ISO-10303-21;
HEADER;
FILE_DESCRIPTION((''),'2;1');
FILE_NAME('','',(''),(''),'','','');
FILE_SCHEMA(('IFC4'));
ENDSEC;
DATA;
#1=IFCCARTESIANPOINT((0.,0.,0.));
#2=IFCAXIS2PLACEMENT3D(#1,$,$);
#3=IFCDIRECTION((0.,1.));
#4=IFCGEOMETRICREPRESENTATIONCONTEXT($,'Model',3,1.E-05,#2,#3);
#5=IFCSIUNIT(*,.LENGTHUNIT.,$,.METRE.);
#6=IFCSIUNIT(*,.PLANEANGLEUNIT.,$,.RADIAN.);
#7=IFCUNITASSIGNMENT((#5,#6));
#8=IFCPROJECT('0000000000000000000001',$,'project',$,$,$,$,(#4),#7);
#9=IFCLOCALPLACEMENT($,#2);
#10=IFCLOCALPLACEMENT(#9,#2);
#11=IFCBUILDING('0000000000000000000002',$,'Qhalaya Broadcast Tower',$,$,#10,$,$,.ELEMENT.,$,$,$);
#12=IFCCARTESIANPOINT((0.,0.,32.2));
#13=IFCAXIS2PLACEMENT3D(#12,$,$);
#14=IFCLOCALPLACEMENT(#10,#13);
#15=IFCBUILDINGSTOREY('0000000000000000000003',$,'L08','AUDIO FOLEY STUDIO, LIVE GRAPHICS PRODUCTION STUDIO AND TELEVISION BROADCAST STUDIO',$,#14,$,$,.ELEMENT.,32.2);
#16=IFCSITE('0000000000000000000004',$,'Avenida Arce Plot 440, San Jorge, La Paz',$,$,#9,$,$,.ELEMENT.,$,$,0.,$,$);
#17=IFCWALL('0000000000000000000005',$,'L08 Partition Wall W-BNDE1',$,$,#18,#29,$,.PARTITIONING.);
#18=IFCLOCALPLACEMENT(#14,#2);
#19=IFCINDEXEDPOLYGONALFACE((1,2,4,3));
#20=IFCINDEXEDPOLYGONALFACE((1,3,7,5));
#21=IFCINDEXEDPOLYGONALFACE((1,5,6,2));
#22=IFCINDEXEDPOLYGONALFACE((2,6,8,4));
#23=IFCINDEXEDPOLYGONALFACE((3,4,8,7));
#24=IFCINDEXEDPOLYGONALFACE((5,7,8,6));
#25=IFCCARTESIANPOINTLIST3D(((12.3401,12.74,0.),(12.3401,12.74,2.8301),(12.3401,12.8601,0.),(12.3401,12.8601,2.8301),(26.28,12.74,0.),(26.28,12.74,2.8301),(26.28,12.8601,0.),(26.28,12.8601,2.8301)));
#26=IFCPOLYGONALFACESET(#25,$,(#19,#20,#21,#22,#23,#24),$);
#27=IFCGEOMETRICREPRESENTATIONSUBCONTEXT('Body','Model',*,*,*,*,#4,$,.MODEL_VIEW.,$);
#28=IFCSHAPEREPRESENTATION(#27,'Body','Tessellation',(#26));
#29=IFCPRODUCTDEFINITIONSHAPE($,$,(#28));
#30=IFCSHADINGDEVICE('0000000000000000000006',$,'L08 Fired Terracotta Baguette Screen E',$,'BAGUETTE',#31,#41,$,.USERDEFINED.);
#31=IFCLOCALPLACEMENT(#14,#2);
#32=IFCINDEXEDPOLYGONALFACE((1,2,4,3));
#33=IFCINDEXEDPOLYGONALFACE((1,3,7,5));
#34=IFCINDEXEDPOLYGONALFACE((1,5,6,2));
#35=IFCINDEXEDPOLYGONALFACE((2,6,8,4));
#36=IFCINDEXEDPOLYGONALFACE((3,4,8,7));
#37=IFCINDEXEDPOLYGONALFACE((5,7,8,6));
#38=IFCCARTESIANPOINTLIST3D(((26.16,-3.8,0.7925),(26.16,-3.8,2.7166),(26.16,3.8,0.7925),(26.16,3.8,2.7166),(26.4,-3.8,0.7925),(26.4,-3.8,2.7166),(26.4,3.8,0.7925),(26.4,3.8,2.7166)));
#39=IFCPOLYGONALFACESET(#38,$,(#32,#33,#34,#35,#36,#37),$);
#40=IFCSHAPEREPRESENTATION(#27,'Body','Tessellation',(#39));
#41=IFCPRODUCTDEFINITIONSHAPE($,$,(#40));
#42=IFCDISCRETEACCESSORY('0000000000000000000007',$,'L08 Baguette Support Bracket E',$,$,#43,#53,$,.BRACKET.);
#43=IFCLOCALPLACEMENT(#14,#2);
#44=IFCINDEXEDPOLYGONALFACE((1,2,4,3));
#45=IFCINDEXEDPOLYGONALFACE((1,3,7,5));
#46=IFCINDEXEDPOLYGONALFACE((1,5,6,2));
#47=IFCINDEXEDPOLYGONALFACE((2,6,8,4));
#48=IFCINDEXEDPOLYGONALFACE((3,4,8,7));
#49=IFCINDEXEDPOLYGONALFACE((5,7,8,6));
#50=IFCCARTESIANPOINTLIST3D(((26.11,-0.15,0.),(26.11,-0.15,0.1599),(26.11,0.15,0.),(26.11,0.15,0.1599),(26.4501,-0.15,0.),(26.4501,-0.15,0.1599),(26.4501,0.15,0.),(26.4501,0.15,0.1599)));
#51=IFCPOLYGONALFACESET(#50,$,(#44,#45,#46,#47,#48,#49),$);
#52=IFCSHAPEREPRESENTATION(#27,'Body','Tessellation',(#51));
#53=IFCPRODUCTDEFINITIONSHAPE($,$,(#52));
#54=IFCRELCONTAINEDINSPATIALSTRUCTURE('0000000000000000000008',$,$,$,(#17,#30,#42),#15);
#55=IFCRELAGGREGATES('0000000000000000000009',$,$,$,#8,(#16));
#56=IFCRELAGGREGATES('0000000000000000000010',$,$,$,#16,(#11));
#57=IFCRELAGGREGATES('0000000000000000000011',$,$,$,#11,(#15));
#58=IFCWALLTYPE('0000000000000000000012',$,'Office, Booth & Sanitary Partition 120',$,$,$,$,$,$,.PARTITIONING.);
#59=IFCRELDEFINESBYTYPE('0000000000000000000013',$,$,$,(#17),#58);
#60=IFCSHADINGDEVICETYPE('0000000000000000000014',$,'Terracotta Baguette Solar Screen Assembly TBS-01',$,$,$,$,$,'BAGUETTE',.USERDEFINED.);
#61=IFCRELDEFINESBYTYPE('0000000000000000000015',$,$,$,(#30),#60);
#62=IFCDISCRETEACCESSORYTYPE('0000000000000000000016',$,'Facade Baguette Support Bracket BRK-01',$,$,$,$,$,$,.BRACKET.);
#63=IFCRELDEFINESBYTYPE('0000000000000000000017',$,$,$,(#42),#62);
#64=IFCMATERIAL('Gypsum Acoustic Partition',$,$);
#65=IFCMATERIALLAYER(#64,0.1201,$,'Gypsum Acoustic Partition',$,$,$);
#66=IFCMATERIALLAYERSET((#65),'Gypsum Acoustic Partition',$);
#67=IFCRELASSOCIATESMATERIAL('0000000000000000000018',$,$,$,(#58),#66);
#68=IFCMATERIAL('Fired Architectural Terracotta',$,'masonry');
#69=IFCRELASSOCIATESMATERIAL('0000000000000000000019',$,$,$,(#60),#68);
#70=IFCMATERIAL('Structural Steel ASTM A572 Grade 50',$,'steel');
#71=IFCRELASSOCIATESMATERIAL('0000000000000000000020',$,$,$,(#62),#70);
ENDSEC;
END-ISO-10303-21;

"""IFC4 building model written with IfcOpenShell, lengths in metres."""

from ifc_helpers import new_model, si_unit, direction, frame, frame_2d, origin, origin_2d, place, context, subcontext, project, spatial, rectangle, extrude, material, layer, layer_set, type_object, element, save


model = new_model("IFC4")

# Units and contexts
model_context = context("Model", 3, precision=1e-05, world=origin(), true_north=direction((0.0, 1.0)))
body_context = subcontext(model_context, "Body", "Model", "MODEL_VIEW")
ifc_project = project(units=[si_unit("LENGTHUNIT", "METRE"), si_unit("PLANEANGLEUNIT", "RADIAN")], contexts=[model_context])

# Site, building, storey
site_placement = place(None, origin())
site = spatial("IfcSite", under=ifc_project, at=site_placement, Name="Avenida Arce Plot 440, San Jorge, La Paz", CompositionType="ELEMENT", RefElevation=0.0)
building_placement = place(site_placement, origin())
building = spatial("IfcBuilding", under=site, at=building_placement, Name="Qhalaya Broadcast Tower", CompositionType="ELEMENT")
storey_placement = place(building_placement, frame((0.0, 0.0, 32.2)))
storey = spatial("IfcBuildingStorey", under=building, at=storey_placement, Name="L08", Description="AUDIO FOLEY STUDIO, LIVE GRAPHICS PRODUCTION STUDIO AND TELEVISION BROADCAST STUDIO", CompositionType="ELEMENT", Elevation=32.2)

# Shared definitions
ifc_material_1 = material(Name="Structural Steel ASTM A572 Grade 50", Category="steel")

# Shared definitions
ifc_material_2 = material(Name="Gypsum Acoustic Partition")
ifc_layer_1 = layer(ifc_material_2, 0.1201, Name="Gypsum Acoustic Partition")
ifc_layer_set_1 = layer_set([ifc_layer_1], Name="Gypsum Acoustic Partition")
wall_type_1 = type_object("IfcWallType", Name="Office, Booth & Sanitary Partition 120", PredefinedType="PARTITIONING", material=ifc_layer_set_1)

# Wall
wall_1_placement = place(storey_placement, frame((12.3401, 12.8, 0.0), z_axis=(0.0, 0.0, 1.0), x_axis=(1.0, 0.0, 0.0)))
element("IfcWall", 1, at=wall_1_placement, inside=storey, type_object=wall_type_1, Name="L08 Partition Wall W-BNDE1", PredefinedType="PARTITIONING", context=body_context, shape_type="SweptSolid", body=[
    extrude(rectangle(XDim=13.9399, YDim=0.1201, at=frame_2d((6.97, 0.0))), origin(), (0.0, 0.0, 1.0), 2.8301),
])

# Shading device
ifc_material_3 = material(Name="Fired Architectural Terracotta", Category="masonry")
shading_device_type = type_object("IfcShadingDeviceType", Name="Terracotta Baguette Solar Screen Assembly TBS-01", ElementType="BAGUETTE", PredefinedType="USERDEFINED", material=ifc_material_3)
shading_device_placement = place(storey_placement, frame((26.28, 0.0, 0.7925), z_axis=(0.0, 0.0, 1.0), x_axis=(0.0, 1.0, 0.0)))
element("IfcShadingDevice", 2, at=shading_device_placement, inside=storey, type_object=shading_device_type, Name="L08 Fired Terracotta Baguette Screen E", ObjectType="BAGUETTE", PredefinedType="USERDEFINED", context=body_context, shape_type="SweptSolid", body=[
    extrude(rectangle(XDim=7.6001, YDim=0.24, at=origin_2d()), origin(), (0.0, 0.0, 1.0), 1.9241),
])

# Discrete accessory
discrete_accessory_type = type_object("IfcDiscreteAccessoryType", Name="Facade Baguette Support Bracket BRK-01", PredefinedType="BRACKET", material=ifc_material_1)
discrete_accessory_placement = place(storey_placement, frame((26.28, 0.0, 0.0), z_axis=(0.0, 0.0, 1.0), x_axis=(0.0, 1.0, 0.0)))
element("IfcDiscreteAccessory", 3, at=discrete_accessory_placement, inside=storey, type_object=discrete_accessory_type, Name="L08 Baguette Support Bracket E", PredefinedType="BRACKET", context=body_context, shape_type="SweptSolid", body=[
    extrude(rectangle(XDim=0.3, YDim=0.3401, at=origin_2d()), origin(), (0.0, 0.0, 1.0), 0.1599),
])

save(model, "model.ifc")
